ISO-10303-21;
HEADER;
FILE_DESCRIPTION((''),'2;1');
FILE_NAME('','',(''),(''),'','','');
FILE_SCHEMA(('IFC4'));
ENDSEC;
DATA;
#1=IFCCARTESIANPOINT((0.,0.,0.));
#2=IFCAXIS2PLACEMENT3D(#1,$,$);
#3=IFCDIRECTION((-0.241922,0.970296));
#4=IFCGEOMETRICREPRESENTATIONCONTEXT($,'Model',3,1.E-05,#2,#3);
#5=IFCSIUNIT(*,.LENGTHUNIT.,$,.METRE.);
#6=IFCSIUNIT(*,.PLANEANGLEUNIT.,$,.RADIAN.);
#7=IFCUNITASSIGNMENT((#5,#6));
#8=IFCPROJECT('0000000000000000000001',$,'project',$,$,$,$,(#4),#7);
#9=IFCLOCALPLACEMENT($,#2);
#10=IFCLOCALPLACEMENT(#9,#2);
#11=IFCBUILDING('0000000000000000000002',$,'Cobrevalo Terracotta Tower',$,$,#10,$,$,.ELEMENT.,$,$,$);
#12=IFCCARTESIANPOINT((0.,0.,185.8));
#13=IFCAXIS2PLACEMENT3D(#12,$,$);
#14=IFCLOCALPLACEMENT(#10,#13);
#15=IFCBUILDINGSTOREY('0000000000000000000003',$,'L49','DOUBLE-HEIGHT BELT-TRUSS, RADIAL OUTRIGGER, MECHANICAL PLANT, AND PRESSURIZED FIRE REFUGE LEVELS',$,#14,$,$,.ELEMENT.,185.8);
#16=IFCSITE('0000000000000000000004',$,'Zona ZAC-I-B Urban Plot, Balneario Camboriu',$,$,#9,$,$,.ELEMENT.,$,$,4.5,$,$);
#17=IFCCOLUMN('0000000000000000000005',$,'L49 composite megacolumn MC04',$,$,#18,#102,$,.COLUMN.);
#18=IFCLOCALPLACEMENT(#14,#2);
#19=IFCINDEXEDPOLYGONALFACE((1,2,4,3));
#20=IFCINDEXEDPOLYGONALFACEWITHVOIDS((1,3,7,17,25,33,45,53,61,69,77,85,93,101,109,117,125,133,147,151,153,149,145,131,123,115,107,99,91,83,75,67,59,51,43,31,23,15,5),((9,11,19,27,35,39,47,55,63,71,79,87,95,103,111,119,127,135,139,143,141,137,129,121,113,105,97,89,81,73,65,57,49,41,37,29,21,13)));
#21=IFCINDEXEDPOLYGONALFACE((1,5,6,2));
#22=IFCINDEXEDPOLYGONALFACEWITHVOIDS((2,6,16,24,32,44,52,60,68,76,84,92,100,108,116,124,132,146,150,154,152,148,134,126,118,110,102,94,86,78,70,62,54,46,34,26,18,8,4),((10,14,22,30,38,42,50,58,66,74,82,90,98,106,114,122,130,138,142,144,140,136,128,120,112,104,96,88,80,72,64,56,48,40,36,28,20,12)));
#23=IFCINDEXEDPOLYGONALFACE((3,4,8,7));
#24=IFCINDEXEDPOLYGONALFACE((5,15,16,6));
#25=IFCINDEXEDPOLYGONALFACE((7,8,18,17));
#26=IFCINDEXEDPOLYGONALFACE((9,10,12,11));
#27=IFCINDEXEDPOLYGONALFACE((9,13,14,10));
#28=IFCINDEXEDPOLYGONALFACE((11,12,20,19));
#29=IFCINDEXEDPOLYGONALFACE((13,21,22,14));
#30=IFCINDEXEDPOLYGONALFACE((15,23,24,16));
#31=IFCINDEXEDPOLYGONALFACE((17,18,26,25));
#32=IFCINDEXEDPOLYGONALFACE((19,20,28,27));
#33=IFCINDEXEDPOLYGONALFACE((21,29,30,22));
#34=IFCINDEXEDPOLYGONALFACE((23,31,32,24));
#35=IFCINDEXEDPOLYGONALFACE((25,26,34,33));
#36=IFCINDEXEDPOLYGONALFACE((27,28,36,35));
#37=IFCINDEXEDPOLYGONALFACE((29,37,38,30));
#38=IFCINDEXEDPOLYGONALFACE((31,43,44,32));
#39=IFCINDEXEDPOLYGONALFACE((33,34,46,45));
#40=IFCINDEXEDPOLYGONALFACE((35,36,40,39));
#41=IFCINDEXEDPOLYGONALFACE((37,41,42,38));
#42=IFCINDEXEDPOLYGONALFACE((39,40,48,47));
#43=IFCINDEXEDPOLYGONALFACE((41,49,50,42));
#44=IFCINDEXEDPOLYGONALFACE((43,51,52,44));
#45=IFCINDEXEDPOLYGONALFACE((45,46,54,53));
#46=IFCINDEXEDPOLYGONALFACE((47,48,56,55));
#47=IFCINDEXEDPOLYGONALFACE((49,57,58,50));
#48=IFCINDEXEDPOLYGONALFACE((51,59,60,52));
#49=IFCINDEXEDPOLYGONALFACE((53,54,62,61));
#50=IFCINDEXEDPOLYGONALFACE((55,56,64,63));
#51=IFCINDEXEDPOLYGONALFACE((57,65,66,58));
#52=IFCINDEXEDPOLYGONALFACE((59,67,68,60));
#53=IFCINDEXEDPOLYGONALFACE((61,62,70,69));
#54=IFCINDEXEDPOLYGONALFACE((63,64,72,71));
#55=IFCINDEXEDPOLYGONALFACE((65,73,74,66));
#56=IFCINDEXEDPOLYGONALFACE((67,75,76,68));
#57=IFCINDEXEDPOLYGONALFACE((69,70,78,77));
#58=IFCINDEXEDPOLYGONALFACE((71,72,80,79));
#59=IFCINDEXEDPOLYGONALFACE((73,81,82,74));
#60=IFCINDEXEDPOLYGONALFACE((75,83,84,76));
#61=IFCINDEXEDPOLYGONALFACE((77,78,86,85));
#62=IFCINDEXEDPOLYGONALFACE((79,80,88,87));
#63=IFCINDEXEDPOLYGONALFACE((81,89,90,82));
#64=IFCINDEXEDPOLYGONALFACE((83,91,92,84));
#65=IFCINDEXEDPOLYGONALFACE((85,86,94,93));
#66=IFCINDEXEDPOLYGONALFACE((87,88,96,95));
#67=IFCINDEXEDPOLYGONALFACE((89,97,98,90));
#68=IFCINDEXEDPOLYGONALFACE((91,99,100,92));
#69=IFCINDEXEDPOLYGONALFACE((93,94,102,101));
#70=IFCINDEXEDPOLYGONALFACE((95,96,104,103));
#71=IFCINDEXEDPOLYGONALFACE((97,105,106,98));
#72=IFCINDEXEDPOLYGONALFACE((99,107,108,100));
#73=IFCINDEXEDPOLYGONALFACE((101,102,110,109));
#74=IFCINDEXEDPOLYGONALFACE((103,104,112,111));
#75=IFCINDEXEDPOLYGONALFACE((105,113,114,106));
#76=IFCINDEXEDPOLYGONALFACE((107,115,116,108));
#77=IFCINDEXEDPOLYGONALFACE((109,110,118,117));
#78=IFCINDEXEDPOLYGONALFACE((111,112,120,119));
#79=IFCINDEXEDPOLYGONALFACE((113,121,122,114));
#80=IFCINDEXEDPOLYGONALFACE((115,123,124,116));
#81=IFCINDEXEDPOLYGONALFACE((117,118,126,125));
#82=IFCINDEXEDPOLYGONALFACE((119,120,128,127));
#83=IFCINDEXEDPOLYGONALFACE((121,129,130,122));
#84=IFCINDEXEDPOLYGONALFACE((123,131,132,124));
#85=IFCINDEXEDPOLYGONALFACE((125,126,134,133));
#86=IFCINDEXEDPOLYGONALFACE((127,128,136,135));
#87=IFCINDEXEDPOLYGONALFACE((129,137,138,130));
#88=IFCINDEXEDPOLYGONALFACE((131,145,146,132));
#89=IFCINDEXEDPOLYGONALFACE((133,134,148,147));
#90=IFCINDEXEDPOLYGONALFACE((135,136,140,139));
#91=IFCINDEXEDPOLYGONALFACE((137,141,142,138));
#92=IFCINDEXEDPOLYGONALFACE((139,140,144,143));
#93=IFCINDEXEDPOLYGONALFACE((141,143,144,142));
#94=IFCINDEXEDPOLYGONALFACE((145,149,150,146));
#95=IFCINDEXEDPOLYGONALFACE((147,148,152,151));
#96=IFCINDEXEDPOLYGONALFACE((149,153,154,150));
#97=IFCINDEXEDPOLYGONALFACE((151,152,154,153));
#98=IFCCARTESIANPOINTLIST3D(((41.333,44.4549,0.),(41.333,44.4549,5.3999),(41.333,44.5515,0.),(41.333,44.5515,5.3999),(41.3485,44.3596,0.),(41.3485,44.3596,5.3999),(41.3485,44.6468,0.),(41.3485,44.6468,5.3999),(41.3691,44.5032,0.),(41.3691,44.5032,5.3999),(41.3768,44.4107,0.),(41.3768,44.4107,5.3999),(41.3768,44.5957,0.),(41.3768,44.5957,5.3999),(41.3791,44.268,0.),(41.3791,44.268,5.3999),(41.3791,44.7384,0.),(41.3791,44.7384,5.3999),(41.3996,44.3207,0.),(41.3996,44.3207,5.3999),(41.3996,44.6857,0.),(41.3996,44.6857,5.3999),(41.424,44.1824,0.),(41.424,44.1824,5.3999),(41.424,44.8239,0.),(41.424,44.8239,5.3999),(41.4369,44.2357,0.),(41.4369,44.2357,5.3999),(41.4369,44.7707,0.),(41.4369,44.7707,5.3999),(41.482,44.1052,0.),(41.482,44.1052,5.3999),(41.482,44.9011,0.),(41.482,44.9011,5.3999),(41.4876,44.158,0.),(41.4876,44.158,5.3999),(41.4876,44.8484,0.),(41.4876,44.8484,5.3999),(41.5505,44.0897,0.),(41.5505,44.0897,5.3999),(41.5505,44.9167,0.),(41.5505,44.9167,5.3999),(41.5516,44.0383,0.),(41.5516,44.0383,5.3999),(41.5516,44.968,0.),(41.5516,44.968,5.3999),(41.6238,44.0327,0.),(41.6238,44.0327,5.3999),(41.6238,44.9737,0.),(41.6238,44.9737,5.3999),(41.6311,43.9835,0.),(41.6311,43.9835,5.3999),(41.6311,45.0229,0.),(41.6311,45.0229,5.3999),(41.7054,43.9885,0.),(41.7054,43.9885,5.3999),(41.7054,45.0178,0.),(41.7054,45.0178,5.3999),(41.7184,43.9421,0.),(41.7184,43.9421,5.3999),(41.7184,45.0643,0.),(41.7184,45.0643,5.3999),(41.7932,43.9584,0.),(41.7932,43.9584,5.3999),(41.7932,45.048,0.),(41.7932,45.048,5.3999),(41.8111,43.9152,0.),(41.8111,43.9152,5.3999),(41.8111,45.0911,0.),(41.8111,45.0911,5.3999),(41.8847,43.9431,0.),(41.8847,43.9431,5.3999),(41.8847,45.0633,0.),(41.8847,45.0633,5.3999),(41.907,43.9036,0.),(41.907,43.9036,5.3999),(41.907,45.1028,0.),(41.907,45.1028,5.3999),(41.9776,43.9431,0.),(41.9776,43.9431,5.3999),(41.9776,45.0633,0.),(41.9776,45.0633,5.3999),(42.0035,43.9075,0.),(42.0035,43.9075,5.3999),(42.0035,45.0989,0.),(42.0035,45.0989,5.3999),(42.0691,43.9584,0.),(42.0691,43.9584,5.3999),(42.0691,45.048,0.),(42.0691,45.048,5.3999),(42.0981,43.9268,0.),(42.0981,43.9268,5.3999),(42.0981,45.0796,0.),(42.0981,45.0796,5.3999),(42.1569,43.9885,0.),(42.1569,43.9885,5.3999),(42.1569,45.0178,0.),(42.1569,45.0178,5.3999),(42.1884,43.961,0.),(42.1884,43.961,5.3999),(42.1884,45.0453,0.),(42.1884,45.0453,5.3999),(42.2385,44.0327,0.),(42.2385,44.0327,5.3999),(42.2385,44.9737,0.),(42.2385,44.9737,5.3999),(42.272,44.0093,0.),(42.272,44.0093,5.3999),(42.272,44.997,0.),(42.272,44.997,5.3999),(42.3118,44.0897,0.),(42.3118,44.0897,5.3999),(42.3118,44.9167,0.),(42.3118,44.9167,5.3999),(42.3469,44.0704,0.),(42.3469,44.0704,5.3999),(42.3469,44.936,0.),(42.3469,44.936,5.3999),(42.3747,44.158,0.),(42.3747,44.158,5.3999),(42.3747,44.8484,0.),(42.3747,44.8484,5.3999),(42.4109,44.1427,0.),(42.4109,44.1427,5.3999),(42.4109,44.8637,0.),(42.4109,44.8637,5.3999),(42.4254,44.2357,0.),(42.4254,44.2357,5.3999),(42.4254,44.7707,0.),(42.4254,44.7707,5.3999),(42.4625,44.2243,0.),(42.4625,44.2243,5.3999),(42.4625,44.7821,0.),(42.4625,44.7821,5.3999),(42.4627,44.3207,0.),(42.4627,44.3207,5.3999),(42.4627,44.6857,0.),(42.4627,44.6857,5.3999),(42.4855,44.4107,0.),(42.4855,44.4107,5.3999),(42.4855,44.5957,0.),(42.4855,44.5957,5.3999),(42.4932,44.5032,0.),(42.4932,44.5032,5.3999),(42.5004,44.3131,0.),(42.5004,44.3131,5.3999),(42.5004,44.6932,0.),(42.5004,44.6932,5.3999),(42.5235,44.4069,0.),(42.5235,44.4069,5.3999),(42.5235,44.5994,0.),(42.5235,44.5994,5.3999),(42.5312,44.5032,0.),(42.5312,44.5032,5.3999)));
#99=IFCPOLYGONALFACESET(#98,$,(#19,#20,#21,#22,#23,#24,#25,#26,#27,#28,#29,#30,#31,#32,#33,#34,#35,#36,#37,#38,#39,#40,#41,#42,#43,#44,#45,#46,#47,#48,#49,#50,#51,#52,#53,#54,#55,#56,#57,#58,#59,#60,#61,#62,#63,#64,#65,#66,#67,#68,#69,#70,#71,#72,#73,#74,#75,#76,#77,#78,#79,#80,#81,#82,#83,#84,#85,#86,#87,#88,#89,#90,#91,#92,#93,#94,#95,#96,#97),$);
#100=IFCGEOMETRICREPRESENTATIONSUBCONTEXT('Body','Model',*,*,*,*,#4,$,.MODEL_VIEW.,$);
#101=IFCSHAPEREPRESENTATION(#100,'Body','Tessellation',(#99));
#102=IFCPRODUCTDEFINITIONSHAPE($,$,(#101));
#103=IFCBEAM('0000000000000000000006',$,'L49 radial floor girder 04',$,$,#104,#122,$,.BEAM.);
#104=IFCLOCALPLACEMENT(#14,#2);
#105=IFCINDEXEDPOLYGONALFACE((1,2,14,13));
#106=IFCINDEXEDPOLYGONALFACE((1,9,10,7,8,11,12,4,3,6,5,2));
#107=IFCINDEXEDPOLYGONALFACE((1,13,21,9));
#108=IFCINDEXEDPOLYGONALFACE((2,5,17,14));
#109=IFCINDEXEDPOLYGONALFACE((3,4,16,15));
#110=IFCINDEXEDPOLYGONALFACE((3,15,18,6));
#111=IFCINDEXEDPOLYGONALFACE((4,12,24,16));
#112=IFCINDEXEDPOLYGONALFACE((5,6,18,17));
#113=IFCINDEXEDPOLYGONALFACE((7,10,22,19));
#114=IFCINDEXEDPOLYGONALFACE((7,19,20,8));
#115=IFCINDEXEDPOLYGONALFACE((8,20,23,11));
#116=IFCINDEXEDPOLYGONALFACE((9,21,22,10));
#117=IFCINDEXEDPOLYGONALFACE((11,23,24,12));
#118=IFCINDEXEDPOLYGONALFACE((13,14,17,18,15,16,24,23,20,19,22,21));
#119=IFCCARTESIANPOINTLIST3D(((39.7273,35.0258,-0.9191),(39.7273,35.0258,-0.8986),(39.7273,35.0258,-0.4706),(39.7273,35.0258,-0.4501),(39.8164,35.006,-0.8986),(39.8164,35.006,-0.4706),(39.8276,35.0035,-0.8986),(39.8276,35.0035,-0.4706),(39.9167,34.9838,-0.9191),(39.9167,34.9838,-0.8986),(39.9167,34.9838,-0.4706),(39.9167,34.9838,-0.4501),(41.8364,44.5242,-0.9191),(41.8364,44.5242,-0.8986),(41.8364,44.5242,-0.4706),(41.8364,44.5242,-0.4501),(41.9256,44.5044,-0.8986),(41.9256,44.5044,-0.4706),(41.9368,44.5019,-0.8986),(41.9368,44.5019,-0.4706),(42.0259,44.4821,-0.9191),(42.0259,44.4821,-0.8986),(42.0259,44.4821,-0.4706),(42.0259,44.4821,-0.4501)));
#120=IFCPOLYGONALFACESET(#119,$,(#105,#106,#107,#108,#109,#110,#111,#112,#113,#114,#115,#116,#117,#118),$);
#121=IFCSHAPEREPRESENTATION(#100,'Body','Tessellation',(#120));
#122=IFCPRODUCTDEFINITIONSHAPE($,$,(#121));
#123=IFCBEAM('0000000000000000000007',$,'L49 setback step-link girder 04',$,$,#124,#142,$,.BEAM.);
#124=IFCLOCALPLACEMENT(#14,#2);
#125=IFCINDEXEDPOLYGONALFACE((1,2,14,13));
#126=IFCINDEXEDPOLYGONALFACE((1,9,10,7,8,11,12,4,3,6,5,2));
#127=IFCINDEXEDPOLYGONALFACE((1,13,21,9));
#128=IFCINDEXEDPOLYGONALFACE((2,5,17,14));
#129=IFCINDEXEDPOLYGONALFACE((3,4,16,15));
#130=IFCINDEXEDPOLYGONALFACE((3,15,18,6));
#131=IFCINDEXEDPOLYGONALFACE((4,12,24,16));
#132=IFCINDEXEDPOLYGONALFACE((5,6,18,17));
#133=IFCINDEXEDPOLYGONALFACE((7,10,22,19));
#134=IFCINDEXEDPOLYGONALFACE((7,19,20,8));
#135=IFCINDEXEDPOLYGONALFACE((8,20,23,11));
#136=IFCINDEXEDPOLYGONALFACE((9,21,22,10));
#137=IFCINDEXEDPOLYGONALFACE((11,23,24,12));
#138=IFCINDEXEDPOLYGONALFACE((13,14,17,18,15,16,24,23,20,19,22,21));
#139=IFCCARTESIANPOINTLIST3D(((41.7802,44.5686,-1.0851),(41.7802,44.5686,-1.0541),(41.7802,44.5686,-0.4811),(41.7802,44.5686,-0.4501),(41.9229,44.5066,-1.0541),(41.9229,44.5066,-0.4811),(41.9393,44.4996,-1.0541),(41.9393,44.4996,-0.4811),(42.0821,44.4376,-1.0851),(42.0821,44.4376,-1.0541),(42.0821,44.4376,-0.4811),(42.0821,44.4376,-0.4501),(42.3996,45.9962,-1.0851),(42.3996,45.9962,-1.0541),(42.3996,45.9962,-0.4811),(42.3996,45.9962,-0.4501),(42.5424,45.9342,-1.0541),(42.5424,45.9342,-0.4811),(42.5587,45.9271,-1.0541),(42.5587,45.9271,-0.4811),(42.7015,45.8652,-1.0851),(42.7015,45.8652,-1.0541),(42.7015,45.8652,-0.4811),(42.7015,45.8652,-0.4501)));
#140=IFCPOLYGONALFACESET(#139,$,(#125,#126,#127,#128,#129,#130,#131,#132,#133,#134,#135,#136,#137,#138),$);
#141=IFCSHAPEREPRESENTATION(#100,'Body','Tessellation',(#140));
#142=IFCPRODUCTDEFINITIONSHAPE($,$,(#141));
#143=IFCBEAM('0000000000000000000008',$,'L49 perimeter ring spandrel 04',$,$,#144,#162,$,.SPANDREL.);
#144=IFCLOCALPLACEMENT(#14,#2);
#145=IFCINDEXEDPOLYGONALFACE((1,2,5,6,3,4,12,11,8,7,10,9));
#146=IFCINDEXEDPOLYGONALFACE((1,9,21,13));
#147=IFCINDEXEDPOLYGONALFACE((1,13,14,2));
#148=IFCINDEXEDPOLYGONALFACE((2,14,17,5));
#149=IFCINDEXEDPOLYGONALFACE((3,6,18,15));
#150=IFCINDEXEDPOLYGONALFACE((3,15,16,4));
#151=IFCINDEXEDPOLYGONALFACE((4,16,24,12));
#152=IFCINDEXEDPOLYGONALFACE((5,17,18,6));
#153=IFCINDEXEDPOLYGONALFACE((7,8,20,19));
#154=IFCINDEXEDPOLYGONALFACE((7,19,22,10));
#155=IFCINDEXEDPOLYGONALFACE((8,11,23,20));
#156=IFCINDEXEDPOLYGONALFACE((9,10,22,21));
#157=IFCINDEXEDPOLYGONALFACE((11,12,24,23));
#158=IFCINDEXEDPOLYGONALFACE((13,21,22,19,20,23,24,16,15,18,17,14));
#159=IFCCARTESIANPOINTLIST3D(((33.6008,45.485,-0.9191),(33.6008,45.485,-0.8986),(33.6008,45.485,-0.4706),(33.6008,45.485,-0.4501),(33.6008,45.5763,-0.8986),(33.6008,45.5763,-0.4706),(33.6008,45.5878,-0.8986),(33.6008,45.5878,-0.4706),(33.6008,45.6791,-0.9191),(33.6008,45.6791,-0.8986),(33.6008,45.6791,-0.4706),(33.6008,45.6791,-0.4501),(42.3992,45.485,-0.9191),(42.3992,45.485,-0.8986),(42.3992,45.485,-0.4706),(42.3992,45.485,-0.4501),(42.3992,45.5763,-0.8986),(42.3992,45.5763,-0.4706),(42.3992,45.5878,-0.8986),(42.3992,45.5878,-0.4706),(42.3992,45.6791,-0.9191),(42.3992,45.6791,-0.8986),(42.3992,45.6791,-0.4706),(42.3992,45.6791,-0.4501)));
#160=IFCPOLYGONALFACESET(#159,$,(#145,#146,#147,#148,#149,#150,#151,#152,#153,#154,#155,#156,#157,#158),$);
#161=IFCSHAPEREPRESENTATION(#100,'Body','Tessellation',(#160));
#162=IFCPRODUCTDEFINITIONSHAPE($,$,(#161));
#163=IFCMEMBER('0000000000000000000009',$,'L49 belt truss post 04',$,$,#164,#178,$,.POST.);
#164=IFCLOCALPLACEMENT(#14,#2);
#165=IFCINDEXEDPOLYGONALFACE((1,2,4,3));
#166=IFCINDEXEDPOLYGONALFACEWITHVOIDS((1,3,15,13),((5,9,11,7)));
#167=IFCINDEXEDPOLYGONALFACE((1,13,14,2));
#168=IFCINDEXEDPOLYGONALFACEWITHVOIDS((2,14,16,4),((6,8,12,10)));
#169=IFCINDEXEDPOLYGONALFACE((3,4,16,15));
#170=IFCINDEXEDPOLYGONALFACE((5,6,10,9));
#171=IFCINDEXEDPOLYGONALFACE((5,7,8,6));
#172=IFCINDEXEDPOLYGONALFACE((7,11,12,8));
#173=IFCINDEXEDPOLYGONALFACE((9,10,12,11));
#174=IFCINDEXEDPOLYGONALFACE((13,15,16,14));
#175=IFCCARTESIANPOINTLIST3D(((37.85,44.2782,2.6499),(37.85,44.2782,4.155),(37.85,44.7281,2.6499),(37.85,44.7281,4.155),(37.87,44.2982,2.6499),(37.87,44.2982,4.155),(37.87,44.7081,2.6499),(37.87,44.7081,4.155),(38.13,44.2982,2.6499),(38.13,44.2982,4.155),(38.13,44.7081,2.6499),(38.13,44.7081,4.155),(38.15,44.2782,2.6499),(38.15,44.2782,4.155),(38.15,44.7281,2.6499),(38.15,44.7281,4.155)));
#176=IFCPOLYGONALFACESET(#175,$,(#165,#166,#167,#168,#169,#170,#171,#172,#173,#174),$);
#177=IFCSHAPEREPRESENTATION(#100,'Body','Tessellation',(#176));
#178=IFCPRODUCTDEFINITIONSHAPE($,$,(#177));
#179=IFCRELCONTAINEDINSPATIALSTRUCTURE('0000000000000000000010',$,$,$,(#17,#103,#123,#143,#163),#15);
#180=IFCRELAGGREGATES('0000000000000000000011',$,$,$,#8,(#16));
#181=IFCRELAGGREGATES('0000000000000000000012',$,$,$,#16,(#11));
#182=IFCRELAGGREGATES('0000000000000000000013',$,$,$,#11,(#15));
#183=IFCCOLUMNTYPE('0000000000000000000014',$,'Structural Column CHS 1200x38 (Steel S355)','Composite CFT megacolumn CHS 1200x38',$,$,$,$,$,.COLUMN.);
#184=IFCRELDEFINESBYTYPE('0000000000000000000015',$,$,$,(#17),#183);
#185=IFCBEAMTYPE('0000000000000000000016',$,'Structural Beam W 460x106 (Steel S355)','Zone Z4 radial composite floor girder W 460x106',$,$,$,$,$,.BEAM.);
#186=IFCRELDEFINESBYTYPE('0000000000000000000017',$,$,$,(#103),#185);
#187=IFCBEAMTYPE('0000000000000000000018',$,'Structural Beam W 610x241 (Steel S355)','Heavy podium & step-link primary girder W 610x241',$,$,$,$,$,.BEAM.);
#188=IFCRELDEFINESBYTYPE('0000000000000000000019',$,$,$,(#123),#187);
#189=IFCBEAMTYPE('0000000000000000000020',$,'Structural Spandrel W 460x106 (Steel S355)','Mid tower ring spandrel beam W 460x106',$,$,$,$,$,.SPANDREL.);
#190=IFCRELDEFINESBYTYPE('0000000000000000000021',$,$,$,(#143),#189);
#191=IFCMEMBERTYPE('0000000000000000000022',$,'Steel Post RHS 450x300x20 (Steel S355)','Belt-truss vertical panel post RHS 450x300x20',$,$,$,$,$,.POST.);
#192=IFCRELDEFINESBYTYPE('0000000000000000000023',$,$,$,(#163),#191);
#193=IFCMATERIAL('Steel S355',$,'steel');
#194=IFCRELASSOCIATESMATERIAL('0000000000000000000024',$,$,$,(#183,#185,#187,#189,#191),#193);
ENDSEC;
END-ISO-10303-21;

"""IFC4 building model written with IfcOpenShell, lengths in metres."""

from ifc_helpers import new_model, si_unit, direction, frame, origin, origin_2d, place, context, subcontext, project, spatial, hollow_rectangle, hollow_circle, i_section, extrude, source, transform, mapped, material, material_profile, profile_set, type_object, element, save


model = new_model("IFC4")

# Units and contexts
model_context = context("Model", 3, precision=1e-05, world=origin(), true_north=direction((-0.241922, 0.970296)))
body_context = subcontext(model_context, "Body", "Model", "MODEL_VIEW")
ifc_project = project(units=[si_unit("LENGTHUNIT", "METRE"), si_unit("PLANEANGLEUNIT", "RADIAN")], contexts=[model_context])

# Site, building, storey
site_placement = place(None, origin())
site = spatial("IfcSite", under=ifc_project, at=site_placement, Name="Zona ZAC-I-B Urban Plot, Balneario Camboriu", CompositionType="ELEMENT", RefElevation=4.5)
building_placement = place(site_placement, origin())
building = spatial("IfcBuilding", under=site, at=building_placement, Name="Cobrevalo Terracotta Tower", CompositionType="ELEMENT")
storey_placement = place(building_placement, frame((0.0, 0.0, 185.8)))
storey = spatial("IfcBuildingStorey", under=building, at=storey_placement, Name="L49", Description="DOUBLE-HEIGHT BELT-TRUSS, RADIAL OUTRIGGER, MECHANICAL PLANT, AND PRESSURIZED FIRE REFUGE LEVELS", CompositionType="ELEMENT", Elevation=185.8)

# Column
ifc_material_1 = material(Name="Steel S355", Category="steel")
ifc_material_profile_1 = material_profile(ifc_material_1, hollow_circle(Radius=0.6001, WallThickness=0.0381, at=origin_2d()), Name="CHS 1200x38")
ifc_profile_set_1 = profile_set([ifc_material_profile_1], Name="Steel S355")
column_type = type_object("IfcColumnType", Name="Structural Column CHS 1200x38 (Steel S355)", Description="Composite CFT megacolumn CHS 1200x38", PredefinedType="COLUMN", material=ifc_profile_set_1)
column_placement = place(storey_placement, frame((41.9312, 44.5032, 0.0), z_axis=(0.0, 0.0, 1.0), x_axis=(1.0, 0.0, 0.0)))
element("IfcColumn", 1, at=column_placement, inside=storey, type_object=column_type, Name="L49 composite megacolumn MC04", PredefinedType="COLUMN", context=body_context, shape_type="SweptSolid", body=[
    extrude(hollow_circle(Radius=0.6001, WallThickness=0.0381, at=origin_2d()), origin(), (0.0, 0.0, 1.0), 5.3999),
])

# Beams
ifc_material_profile_2 = material_profile(ifc_material_1, i_section(OverallWidth=0.1941, OverallDepth=0.469, WebThickness=0.0115, FlangeThickness=0.0205, at=origin_2d()), Name="W 460x106")
ifc_profile_set_2 = profile_set([ifc_material_profile_2], Name="Steel S355")
beam_type_1 = type_object("IfcBeamType", Name="Structural Beam W 460x106 (Steel S355)", Description="Zone Z4 radial composite floor girder W 460x106", PredefinedType="BEAM", material=ifc_profile_set_2)
beam_1_placement = place(storey_placement, frame((41.9312, 44.5032, -0.6846), z_axis=(-0.216774, -0.976222, 0.0), x_axis=(0.976222, -0.216774, 0.0)))
element("IfcBeam", 2, at=beam_1_placement, inside=storey, type_object=beam_type_1, Name="L49 radial floor girder 04", PredefinedType="BEAM", context=body_context, shape_type="SweptSolid", body=[
    extrude(i_section(OverallWidth=0.1941, OverallDepth=0.469, WebThickness=0.0115, FlangeThickness=0.0205, at=origin_2d()), origin(), (0.0, 0.0, 1.0), 9.7297),
])
ifc_material_profile_3 = material_profile(ifc_material_1, i_section(OverallWidth=0.3291, OverallDepth=0.635, WebThickness=0.0178, FlangeThickness=0.031, at=origin_2d()), Name="W 610x241")
ifc_profile_set_3 = profile_set([ifc_material_profile_3], Name="Steel S355")
beam_type_2 = type_object("IfcBeamType", Name="Structural Beam W 610x241 (Steel S355)", Description="Heavy podium & step-link primary girder W 610x241", PredefinedType="BEAM", material=ifc_profile_set_3)
beam_2_placement = place(storey_placement, frame((42.5505, 45.9307, -0.7676), z_axis=(-0.398043, -0.917367, 0.0), x_axis=(0.917367, -0.398043, 0.0)))
element("IfcBeam", 3, at=beam_2_placement, inside=storey, type_object=beam_type_2, Name="L49 setback step-link girder 04", PredefinedType="BEAM", context=body_context, shape_type="SweptSolid", body=[
    extrude(i_section(OverallWidth=0.3291, OverallDepth=0.635, WebThickness=0.0178, FlangeThickness=0.031, at=origin_2d()), origin(), (0.0, 0.0, 1.0), 1.5562),
])
ifc_material_profile_4 = material_profile(ifc_material_1, i_section(OverallWidth=0.1941, OverallDepth=0.469, WebThickness=0.0115, FlangeThickness=0.0205, at=origin_2d()), Name="W 460x106")
ifc_profile_set_4 = profile_set([ifc_material_profile_4], Name="Steel S355")
beam_type_3 = type_object("IfcBeamType", Name="Structural Spandrel W 460x106 (Steel S355)", Description="Mid tower ring spandrel beam W 460x106", PredefinedType="SPANDREL", material=ifc_profile_set_4)
beam_3_placement = place(storey_placement, frame((42.3992, 45.582, -0.6846), z_axis=(-1.0, 0.0, 0.0), x_axis=(0.0, -1.0, 0.0)))
element("IfcBeam", 4, at=beam_3_placement, inside=storey, type_object=beam_type_3, Name="L49 perimeter ring spandrel 04", PredefinedType="SPANDREL", context=body_context, shape_type="SweptSolid", body=[
    extrude(i_section(OverallWidth=0.1941, OverallDepth=0.469, WebThickness=0.0115, FlangeThickness=0.0205, at=origin_2d()), origin(), (0.0, 0.0, 1.0), 8.7983),
])

# Member
ifc_material_profile_5 = material_profile(ifc_material_1, hollow_rectangle(XDim=0.3, YDim=0.45, WallThickness=0.02, at=origin_2d()), Name="RHS 450x300x20")
ifc_profile_set_5 = profile_set([ifc_material_profile_5], Name="Steel S355")
member_type_1 = type_object("IfcMemberType", Name="Steel Post RHS 450x300x20 (Steel S355)", Description="Belt-truss vertical panel post RHS 450x300x20", PredefinedType="POST", material=ifc_profile_set_5)
shared_shape_1 = source(origin(), body_context, "Body", "SweptSolid", [
    extrude(hollow_rectangle(XDim=0.3, YDim=0.45, WallThickness=0.02, at=origin_2d()), origin(), (0.0, 0.0, 1.0), 1.5051),
])
member_1_placement = place(storey_placement, frame((38.0, 44.5032, 2.6499), z_axis=(0.0, 0.0, 1.0), x_axis=(1.0, 0.0, 0.0)))
element("IfcMember", 5, at=member_1_placement, inside=storey, type_object=member_type_1, Name="L49 belt truss post 04", PredefinedType="POST", context=body_context, shape_type="MappedRepresentation", body=[
    mapped(shared_shape_1, transform((0.0, 0.0, 0.0), scale=1.0)),
])

save(model, "model.ifc")
